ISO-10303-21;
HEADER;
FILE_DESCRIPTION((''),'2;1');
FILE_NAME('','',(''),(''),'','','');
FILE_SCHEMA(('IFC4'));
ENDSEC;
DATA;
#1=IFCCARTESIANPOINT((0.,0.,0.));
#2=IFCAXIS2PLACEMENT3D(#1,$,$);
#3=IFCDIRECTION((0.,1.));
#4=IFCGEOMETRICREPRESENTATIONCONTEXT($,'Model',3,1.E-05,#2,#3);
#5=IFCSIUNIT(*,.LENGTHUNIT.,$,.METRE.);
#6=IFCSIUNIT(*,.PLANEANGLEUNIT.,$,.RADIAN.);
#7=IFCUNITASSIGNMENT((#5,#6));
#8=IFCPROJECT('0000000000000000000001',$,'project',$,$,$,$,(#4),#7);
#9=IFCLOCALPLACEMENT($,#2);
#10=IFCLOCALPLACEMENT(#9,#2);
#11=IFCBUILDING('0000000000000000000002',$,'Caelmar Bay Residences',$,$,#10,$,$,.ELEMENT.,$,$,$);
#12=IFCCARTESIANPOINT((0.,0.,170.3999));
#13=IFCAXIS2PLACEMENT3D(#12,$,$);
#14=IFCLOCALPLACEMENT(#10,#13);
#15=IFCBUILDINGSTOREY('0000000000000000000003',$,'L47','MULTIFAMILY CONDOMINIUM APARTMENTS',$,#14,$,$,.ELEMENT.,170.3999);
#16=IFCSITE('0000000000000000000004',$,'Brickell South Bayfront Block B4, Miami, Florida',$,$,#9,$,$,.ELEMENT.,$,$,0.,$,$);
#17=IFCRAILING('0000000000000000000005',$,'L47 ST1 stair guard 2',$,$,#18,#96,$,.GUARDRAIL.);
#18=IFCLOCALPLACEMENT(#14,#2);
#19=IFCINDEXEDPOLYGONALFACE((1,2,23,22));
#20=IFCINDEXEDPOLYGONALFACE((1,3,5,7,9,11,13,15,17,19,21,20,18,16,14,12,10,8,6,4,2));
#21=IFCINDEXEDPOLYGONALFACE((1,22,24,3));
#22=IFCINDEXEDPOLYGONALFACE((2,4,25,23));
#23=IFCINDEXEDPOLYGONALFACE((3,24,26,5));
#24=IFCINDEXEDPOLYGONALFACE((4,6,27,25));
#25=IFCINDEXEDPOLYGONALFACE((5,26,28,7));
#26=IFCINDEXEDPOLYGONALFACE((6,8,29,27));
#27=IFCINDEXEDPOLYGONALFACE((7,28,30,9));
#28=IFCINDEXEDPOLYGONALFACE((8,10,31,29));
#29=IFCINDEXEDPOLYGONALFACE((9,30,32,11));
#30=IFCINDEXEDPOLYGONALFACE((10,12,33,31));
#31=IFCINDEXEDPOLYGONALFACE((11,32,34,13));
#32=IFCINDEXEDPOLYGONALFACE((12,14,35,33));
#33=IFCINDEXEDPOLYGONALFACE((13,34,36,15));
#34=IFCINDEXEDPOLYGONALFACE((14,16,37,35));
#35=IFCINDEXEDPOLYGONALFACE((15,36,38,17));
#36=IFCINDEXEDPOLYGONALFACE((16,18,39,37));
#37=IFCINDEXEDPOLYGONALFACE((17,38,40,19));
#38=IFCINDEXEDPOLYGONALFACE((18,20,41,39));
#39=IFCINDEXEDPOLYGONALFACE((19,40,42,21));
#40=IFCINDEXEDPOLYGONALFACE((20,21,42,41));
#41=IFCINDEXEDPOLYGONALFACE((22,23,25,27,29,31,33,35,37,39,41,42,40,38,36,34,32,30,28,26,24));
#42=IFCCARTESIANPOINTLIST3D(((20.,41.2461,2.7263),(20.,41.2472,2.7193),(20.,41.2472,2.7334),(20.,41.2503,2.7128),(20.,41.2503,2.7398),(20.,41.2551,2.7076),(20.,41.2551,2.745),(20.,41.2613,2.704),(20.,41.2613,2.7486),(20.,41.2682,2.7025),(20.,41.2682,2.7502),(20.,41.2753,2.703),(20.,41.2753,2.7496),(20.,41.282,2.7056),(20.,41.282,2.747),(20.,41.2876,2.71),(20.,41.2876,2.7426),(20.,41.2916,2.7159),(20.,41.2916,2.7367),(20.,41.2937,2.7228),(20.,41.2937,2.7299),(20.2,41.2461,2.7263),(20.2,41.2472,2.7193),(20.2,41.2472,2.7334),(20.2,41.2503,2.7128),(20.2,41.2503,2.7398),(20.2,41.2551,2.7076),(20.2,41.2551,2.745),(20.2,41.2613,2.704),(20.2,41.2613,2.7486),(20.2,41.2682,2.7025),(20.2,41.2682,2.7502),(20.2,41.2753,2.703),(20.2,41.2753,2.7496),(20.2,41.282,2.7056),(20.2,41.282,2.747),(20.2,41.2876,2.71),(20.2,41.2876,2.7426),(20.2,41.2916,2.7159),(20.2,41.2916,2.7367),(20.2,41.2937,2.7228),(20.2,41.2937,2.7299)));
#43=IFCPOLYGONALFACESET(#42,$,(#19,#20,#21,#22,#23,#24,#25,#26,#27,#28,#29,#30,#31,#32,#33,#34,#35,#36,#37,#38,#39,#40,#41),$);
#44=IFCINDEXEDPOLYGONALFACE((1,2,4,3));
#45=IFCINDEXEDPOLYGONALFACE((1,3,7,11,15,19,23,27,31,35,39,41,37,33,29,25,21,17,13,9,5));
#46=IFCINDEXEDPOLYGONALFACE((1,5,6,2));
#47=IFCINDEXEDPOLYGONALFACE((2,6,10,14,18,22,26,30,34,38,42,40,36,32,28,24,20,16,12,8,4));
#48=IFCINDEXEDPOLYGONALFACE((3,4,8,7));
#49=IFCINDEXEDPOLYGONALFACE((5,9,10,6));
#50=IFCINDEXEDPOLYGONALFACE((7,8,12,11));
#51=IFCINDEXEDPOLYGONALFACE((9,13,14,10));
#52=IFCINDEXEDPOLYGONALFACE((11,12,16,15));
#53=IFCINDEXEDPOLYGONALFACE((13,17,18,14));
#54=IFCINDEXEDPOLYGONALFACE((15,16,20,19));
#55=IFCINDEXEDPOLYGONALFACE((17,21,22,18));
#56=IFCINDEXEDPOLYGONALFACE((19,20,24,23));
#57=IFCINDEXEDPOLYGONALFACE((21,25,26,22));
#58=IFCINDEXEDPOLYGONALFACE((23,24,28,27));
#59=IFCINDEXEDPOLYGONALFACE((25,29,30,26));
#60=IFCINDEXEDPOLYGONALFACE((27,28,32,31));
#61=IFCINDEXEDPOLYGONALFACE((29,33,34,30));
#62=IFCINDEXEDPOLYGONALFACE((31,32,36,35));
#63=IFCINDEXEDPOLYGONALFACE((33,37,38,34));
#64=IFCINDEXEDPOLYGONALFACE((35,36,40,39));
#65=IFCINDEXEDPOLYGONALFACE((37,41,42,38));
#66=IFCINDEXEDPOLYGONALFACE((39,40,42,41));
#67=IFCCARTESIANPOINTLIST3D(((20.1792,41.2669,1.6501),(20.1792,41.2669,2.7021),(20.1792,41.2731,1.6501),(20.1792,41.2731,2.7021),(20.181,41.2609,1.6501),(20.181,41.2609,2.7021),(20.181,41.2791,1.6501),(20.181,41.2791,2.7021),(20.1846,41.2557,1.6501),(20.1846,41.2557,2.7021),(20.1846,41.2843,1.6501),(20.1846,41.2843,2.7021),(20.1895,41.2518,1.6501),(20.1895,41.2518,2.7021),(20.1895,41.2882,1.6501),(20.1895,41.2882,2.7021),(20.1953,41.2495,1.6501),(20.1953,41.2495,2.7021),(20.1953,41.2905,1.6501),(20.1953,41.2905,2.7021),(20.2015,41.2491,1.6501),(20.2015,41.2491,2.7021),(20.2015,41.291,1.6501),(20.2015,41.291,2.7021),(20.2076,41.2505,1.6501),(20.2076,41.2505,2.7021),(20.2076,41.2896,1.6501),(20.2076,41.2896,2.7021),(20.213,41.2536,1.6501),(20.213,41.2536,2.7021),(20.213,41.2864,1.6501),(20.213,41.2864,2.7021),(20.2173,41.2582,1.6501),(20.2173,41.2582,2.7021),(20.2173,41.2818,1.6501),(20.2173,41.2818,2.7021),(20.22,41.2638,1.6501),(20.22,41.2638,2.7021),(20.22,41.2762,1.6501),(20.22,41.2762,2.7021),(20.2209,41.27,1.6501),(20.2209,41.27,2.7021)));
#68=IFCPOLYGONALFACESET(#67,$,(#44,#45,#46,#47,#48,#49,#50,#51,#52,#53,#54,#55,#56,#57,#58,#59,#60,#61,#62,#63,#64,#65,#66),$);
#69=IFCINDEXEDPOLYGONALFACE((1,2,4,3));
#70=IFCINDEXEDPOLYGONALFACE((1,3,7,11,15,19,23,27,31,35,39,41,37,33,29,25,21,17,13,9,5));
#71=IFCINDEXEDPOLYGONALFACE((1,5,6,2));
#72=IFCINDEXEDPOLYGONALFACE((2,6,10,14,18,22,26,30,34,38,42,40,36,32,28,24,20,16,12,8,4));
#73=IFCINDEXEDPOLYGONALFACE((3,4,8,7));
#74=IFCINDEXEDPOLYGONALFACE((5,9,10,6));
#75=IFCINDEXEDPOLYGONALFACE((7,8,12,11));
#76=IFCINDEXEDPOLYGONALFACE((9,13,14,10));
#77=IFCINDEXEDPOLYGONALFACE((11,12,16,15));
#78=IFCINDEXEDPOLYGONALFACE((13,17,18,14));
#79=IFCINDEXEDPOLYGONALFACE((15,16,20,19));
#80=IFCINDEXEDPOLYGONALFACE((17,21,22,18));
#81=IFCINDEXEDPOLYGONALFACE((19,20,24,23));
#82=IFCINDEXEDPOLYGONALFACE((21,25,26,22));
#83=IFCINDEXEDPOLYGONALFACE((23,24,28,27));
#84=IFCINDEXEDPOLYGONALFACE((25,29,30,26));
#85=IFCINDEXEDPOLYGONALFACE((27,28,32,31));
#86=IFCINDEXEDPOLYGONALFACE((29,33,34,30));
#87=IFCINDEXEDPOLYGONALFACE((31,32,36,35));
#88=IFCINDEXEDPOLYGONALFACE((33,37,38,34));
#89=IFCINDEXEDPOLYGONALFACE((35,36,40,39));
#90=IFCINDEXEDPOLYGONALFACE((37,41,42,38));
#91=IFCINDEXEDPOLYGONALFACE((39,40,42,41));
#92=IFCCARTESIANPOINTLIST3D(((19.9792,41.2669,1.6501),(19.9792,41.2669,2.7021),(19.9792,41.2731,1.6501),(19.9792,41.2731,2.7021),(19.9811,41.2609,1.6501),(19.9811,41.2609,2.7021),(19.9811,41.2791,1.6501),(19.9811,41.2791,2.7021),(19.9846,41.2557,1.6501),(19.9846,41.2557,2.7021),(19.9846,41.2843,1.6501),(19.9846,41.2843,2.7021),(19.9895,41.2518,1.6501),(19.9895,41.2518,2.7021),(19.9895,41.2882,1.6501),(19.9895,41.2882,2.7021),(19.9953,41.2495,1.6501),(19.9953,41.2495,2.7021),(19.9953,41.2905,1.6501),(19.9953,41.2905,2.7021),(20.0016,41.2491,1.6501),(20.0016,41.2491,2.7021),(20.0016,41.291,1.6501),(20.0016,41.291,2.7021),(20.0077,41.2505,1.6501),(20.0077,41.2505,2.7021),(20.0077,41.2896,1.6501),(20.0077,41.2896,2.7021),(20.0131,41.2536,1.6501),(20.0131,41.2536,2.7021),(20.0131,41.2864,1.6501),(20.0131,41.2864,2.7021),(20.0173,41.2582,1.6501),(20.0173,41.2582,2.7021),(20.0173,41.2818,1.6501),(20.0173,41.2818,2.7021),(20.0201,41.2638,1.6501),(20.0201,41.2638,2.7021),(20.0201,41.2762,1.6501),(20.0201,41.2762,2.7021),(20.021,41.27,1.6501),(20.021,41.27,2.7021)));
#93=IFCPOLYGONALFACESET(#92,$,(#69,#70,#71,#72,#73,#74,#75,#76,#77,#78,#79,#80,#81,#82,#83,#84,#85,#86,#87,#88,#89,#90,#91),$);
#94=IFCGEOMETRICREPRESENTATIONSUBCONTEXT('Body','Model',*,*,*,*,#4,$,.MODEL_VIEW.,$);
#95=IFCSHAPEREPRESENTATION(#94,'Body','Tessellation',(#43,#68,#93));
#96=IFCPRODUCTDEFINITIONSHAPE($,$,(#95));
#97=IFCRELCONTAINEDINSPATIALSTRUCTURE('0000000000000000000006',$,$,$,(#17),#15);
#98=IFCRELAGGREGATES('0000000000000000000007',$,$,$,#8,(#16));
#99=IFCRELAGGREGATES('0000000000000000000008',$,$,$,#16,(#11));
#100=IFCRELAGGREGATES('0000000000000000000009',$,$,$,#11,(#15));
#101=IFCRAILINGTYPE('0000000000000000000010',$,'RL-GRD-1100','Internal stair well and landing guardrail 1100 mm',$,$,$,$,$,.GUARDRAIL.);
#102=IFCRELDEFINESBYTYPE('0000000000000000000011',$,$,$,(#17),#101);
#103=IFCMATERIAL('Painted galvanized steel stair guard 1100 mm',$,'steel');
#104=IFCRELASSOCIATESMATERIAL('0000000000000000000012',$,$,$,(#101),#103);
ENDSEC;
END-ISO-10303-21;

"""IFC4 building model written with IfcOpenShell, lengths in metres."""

from ifc_helpers import new_model, si_unit, direction, frame, origin, origin_2d, place, context, subcontext, project, spatial, circle, extrude, material, type_object, element, save


model = new_model("IFC4")

# Units and contexts
model_context = context("Model", 3, precision=1e-05, world=origin(), true_north=direction((0.0, 1.0)))
body_context = subcontext(model_context, "Body", "Model", "MODEL_VIEW")
ifc_project = project(units=[si_unit("LENGTHUNIT", "METRE"), si_unit("PLANEANGLEUNIT", "RADIAN")], contexts=[model_context])

# Site, building, storey
site_placement = place(None, origin())
site = spatial("IfcSite", under=ifc_project, at=site_placement, Name="Brickell South Bayfront Block B4, Miami, Florida", CompositionType="ELEMENT", RefElevation=0.0)
building_placement = place(site_placement, origin())
building = spatial("IfcBuilding", under=site, at=building_placement, Name="Caelmar Bay Residences", CompositionType="ELEMENT")
storey_placement = place(building_placement, frame((0.0, 0.0, 170.3999)))
storey = spatial("IfcBuildingStorey", under=building, at=storey_placement, Name="L47", Description="MULTIFAMILY CONDOMINIUM APARTMENTS", CompositionType="ELEMENT", Elevation=170.3999)

# Railing
ifc_material_1 = material(Name="Painted galvanized steel stair guard 1100 mm", Category="steel")
railing_type_1 = type_object("IfcRailingType", Name="RL-GRD-1100", Description="Internal stair well and landing guardrail 1100 mm", PredefinedType="GUARDRAIL", material=ifc_material_1)
railing_1_placement = place(storey_placement, frame((20.2, 41.27, 1.6501)))
element("IfcRailing", 1, at=railing_1_placement, inside=storey, type_object=railing_type_1, Name="L47 ST1 stair guard 2", PredefinedType="GUARDRAIL", context=body_context, shape_type="SweptSolid", body=[
    extrude(circle(Radius=0.0239, at=origin_2d()), frame((0.0, 0.0, 1.0762), z_axis=(-1.0, 0.0, 0.0), x_axis=(0.0, -1.0, 0.0)), (0.0, 0.0, 1.0), 0.2),
    extrude(circle(Radius=0.021, at=origin_2d()), origin(), (0.0, 0.0, 1.0), 1.052),
    extrude(circle(Radius=0.021, at=origin_2d()), frame((-0.2, 0.0, 0.0)), (0.0, 0.0, 1.0), 1.052),
])

save(model, "model.ifc")
